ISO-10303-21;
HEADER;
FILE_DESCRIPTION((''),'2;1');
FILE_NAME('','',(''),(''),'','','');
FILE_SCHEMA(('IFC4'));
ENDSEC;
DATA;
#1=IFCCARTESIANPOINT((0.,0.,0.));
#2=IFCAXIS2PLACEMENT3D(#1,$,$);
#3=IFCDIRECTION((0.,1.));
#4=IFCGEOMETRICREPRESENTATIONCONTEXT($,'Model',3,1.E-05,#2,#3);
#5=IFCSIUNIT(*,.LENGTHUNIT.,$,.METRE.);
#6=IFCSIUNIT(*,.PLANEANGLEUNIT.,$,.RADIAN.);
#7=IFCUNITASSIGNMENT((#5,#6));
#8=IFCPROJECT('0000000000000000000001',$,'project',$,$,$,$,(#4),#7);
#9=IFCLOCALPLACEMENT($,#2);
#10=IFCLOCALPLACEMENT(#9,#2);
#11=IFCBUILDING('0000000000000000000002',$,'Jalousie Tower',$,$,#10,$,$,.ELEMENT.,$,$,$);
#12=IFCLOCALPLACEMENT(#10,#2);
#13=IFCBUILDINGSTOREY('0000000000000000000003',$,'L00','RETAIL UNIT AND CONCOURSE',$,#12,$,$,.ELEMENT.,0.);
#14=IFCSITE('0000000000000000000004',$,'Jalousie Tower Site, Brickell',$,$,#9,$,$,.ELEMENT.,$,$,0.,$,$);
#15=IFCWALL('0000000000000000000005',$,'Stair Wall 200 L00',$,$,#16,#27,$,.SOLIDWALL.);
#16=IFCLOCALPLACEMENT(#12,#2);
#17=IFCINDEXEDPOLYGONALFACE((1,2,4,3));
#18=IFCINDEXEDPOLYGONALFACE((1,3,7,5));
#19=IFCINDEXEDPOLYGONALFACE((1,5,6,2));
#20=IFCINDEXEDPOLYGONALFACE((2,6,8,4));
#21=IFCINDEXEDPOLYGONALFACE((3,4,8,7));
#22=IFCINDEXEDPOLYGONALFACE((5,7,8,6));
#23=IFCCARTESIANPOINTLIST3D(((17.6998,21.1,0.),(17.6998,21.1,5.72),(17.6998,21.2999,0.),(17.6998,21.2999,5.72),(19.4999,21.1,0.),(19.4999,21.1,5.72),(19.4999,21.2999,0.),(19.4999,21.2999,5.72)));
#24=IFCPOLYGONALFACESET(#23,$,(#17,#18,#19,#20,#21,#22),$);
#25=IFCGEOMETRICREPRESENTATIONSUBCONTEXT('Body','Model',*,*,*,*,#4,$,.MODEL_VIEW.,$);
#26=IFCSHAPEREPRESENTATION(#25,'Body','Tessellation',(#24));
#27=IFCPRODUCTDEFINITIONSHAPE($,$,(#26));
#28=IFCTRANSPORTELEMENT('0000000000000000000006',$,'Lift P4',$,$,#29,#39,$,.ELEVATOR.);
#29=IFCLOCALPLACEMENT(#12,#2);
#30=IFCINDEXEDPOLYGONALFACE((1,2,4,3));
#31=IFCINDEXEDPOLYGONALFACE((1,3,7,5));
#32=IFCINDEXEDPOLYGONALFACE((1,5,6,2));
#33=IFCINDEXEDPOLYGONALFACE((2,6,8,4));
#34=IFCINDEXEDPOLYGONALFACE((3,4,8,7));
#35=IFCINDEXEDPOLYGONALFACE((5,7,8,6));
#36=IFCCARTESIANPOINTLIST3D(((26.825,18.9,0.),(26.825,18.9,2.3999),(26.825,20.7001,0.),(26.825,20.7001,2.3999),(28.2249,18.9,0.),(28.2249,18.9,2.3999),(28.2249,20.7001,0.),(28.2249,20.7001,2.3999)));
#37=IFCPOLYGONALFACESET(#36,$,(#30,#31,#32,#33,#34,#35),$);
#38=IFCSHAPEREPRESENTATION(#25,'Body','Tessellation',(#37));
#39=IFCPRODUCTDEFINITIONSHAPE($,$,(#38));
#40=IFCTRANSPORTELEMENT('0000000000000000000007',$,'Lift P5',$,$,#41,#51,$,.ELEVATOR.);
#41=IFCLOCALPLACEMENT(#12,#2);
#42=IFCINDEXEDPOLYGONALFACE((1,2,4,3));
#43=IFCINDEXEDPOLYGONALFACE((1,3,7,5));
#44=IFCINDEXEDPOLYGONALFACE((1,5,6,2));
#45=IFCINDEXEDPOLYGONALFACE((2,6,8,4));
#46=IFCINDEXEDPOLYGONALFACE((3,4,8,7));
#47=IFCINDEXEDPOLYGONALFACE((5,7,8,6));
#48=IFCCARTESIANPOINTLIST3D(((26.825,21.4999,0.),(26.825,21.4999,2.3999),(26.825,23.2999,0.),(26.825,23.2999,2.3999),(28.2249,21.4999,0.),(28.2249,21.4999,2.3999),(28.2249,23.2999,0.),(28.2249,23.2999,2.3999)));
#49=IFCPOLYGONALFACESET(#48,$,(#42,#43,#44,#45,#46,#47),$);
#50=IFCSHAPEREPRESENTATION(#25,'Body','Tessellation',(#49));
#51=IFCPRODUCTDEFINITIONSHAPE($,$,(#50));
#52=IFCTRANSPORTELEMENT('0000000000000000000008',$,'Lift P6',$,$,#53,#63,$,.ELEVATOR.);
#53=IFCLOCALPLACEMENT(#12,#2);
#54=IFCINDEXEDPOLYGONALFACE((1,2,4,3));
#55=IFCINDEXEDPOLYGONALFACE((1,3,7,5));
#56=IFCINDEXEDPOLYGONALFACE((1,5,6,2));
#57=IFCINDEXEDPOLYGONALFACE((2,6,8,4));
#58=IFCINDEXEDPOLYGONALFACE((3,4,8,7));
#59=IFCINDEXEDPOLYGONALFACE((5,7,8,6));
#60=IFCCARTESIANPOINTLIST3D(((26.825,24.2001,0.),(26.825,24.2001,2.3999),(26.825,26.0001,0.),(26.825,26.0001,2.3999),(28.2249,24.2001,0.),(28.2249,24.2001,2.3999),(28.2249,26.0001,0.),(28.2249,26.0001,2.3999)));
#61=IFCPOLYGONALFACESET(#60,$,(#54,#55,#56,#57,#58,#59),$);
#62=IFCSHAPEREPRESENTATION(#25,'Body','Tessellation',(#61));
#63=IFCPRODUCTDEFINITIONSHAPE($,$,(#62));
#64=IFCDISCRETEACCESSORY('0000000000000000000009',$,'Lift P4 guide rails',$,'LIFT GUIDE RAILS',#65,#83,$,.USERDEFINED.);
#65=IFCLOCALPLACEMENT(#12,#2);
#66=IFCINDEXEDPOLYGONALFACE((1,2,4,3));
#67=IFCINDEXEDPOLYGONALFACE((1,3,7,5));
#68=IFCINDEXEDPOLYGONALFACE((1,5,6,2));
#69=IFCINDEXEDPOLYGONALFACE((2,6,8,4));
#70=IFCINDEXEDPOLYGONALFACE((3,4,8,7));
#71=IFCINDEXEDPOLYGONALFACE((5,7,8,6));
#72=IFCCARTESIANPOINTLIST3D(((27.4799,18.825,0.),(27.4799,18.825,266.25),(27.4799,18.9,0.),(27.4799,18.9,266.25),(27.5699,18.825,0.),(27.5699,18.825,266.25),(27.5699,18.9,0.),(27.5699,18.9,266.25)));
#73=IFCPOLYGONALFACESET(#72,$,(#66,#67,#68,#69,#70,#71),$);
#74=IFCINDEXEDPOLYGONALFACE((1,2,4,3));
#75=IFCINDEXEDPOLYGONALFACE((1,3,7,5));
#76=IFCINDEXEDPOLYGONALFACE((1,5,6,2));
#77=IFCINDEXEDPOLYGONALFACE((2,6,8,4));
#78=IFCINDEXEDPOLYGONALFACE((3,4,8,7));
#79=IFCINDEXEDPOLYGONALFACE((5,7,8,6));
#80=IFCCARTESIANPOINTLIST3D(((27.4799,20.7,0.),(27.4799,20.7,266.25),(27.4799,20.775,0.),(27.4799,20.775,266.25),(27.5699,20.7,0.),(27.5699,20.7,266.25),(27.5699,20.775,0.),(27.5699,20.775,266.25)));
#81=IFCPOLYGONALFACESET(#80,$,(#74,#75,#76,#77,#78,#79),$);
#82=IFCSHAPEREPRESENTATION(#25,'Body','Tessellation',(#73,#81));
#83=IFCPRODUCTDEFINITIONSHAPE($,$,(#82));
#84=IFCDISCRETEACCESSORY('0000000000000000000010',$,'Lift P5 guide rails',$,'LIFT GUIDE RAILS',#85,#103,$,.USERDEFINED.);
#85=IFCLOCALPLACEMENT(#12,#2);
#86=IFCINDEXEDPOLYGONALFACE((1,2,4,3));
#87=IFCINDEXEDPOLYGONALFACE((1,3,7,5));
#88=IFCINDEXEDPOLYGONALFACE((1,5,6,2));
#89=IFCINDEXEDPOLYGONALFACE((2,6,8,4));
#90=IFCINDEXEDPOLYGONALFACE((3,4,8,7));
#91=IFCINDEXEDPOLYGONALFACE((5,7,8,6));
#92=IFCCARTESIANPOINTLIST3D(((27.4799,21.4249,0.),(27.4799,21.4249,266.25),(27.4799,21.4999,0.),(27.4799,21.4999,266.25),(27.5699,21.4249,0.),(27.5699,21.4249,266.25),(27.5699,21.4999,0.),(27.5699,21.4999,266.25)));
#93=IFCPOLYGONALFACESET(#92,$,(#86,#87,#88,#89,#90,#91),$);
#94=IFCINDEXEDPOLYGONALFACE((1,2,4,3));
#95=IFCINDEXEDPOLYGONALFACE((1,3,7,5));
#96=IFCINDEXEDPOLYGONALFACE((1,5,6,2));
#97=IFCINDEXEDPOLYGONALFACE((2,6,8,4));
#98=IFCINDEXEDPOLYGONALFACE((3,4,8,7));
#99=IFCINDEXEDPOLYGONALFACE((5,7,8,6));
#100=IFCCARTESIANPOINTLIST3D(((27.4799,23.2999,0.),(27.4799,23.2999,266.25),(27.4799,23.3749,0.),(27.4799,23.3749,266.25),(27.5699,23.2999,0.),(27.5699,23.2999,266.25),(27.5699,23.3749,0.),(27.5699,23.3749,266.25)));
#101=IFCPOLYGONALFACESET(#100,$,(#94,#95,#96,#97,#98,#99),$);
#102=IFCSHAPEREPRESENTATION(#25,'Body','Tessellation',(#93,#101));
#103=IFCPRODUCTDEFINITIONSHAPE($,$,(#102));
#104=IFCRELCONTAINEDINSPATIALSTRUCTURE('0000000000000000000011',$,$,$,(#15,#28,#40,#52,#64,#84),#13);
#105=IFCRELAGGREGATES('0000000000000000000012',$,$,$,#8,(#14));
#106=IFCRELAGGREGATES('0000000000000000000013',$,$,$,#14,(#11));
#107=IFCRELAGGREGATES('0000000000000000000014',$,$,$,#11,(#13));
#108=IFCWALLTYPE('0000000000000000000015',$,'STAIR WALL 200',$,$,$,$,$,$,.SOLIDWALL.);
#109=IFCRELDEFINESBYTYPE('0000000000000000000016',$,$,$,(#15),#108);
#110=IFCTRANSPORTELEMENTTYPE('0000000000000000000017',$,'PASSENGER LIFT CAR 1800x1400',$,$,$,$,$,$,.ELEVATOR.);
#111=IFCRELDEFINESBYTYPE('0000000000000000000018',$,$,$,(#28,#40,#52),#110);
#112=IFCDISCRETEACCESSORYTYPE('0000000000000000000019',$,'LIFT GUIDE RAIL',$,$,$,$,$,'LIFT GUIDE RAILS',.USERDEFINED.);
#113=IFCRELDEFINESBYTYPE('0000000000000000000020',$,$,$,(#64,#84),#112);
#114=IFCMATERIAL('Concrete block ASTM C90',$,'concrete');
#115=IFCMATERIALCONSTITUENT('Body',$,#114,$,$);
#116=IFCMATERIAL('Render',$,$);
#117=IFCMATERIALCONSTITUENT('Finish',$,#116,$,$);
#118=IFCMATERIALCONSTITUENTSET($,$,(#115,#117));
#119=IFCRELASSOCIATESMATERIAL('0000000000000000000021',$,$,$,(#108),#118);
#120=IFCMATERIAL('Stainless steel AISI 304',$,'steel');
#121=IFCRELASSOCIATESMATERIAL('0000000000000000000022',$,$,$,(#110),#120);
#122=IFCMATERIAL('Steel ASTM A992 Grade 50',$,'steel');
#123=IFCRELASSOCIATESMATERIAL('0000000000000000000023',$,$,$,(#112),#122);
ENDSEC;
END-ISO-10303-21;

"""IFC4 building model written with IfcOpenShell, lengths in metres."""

from ifc_helpers import new_model, si_unit, direction, frame, frame_2d, origin, origin_2d, place, context, subcontext, project, spatial, rectangle, extrude, material, constituent, constituent_set, type_object, element, save


model = new_model("IFC4")

# Units and contexts
model_context = context("Model", 3, precision=1e-05, world=origin(), true_north=direction((0.0, 1.0)))
body_context = subcontext(model_context, "Body", "Model", "MODEL_VIEW")
ifc_project = project(units=[si_unit("LENGTHUNIT", "METRE"), si_unit("PLANEANGLEUNIT", "RADIAN")], contexts=[model_context])

# Site, building, storey
site_placement = place(None, origin())
site = spatial("IfcSite", under=ifc_project, at=site_placement, Name="Jalousie Tower Site, Brickell", CompositionType="ELEMENT", RefElevation=0.0)
building_placement = place(site_placement, origin())
building = spatial("IfcBuilding", under=site, at=building_placement, Name="Jalousie Tower", CompositionType="ELEMENT")
storey_placement = place(building_placement, origin())
storey = spatial("IfcBuildingStorey", under=building, at=storey_placement, Name="L00", Description="RETAIL UNIT AND CONCOURSE", CompositionType="ELEMENT", Elevation=0.0)

# Wall
ifc_material_1 = material(Name="Concrete block ASTM C90", Category="concrete")
ifc_constituent_1 = constituent(ifc_material_1, Name="Body")
ifc_material_2 = material(Name="Render")
ifc_constituent_2 = constituent(ifc_material_2, Name="Finish")
ifc_constituent_set_1 = constituent_set(constituents=[ifc_constituent_1, ifc_constituent_2])
wall_type_1 = type_object("IfcWallType", Name="STAIR WALL 200", PredefinedType="SOLIDWALL", material=ifc_constituent_set_1)
wall_1_placement = place(storey_placement, frame((17.7, 21.2, 0.0), z_axis=(0.0, 0.0, 1.0), x_axis=(1.0, 0.0, 0.0)))
element("IfcWall", 1, at=wall_1_placement, inside=storey, type_object=wall_type_1, Name="Stair Wall 200 L00", PredefinedType="SOLIDWALL", context=body_context, shape_type="SweptSolid", body=[
    extrude(rectangle(XDim=1.8, YDim=0.2, at=frame_2d((0.8999, 0.0))), origin(), (0.0, 0.0, 1.0), 5.72),
])

# Transport elements
ifc_material_3 = material(Name="Stainless steel AISI 304", Category="steel")
transport_element_type = type_object("IfcTransportElementType", Name="PASSENGER LIFT CAR 1800x1400", PredefinedType="ELEVATOR", material=ifc_material_3)
for number, where, z_axis, x_axis, name in (
    (2, (27.5249, 19.8, 0.0), (0.0, 0.0, 1.0), (1.0, 0.0, 0.0), "Lift P4"),
    (3, (27.5249, 22.3999, 0.0), (0.0, 0.0, 1.0), (1.0, 0.0, 0.0), "Lift P5"),
    (4, (27.5249, 25.1001, 0.0), (0.0, 0.0, 1.0), (1.0, 0.0, 0.0), "Lift P6"),
):
    element("IfcTransportElement", number, at=place(storey_placement, frame(where, z_axis=z_axis, x_axis=x_axis)), inside=storey, type_object=transport_element_type, Name=name, PredefinedType="ELEVATOR", context=body_context, shape_type="SweptSolid", body=[
        extrude(rectangle(XDim=1.3999, YDim=1.8, at=origin_2d()), origin(), (0.0, 0.0, 1.0), 2.3999),
    ])

# Discrete accessories
ifc_material_4 = material(Name="Steel ASTM A992 Grade 50", Category="steel")
discrete_accessory_type = type_object("IfcDiscreteAccessoryType", Name="LIFT GUIDE RAIL", ElementType="LIFT GUIDE RAILS", PredefinedType="USERDEFINED", material=ifc_material_4)
for number, where, z_axis, x_axis, name in (
    (5, (27.5249, 19.8, 0.0), (0.0, 0.0, 1.0), (1.0, 0.0, 0.0), "Lift P4 guide rails"),
    (6, (27.5249, 22.3999, 0.0), (0.0, 0.0, 1.0), (1.0, 0.0, 0.0), "Lift P5 guide rails"),
):
    element("IfcDiscreteAccessory", number, at=place(storey_placement, frame(where, z_axis=z_axis, x_axis=x_axis)), inside=storey, type_object=discrete_accessory_type, Name=name, ObjectType="LIFT GUIDE RAILS", PredefinedType="USERDEFINED", context=body_context, shape_type="SweptSolid", body=[
        extrude(rectangle(XDim=0.09, YDim=0.075, at=origin_2d()), frame((0.0, -0.9375, 0.0)), (0.0, 0.0, 1.0), 266.25),
        extrude(rectangle(XDim=0.09, YDim=0.075, at=origin_2d()), frame((0.0, 0.9375, 0.0)), (0.0, 0.0, 1.0), 266.25),
    ])

save(model, "model.ifc")
